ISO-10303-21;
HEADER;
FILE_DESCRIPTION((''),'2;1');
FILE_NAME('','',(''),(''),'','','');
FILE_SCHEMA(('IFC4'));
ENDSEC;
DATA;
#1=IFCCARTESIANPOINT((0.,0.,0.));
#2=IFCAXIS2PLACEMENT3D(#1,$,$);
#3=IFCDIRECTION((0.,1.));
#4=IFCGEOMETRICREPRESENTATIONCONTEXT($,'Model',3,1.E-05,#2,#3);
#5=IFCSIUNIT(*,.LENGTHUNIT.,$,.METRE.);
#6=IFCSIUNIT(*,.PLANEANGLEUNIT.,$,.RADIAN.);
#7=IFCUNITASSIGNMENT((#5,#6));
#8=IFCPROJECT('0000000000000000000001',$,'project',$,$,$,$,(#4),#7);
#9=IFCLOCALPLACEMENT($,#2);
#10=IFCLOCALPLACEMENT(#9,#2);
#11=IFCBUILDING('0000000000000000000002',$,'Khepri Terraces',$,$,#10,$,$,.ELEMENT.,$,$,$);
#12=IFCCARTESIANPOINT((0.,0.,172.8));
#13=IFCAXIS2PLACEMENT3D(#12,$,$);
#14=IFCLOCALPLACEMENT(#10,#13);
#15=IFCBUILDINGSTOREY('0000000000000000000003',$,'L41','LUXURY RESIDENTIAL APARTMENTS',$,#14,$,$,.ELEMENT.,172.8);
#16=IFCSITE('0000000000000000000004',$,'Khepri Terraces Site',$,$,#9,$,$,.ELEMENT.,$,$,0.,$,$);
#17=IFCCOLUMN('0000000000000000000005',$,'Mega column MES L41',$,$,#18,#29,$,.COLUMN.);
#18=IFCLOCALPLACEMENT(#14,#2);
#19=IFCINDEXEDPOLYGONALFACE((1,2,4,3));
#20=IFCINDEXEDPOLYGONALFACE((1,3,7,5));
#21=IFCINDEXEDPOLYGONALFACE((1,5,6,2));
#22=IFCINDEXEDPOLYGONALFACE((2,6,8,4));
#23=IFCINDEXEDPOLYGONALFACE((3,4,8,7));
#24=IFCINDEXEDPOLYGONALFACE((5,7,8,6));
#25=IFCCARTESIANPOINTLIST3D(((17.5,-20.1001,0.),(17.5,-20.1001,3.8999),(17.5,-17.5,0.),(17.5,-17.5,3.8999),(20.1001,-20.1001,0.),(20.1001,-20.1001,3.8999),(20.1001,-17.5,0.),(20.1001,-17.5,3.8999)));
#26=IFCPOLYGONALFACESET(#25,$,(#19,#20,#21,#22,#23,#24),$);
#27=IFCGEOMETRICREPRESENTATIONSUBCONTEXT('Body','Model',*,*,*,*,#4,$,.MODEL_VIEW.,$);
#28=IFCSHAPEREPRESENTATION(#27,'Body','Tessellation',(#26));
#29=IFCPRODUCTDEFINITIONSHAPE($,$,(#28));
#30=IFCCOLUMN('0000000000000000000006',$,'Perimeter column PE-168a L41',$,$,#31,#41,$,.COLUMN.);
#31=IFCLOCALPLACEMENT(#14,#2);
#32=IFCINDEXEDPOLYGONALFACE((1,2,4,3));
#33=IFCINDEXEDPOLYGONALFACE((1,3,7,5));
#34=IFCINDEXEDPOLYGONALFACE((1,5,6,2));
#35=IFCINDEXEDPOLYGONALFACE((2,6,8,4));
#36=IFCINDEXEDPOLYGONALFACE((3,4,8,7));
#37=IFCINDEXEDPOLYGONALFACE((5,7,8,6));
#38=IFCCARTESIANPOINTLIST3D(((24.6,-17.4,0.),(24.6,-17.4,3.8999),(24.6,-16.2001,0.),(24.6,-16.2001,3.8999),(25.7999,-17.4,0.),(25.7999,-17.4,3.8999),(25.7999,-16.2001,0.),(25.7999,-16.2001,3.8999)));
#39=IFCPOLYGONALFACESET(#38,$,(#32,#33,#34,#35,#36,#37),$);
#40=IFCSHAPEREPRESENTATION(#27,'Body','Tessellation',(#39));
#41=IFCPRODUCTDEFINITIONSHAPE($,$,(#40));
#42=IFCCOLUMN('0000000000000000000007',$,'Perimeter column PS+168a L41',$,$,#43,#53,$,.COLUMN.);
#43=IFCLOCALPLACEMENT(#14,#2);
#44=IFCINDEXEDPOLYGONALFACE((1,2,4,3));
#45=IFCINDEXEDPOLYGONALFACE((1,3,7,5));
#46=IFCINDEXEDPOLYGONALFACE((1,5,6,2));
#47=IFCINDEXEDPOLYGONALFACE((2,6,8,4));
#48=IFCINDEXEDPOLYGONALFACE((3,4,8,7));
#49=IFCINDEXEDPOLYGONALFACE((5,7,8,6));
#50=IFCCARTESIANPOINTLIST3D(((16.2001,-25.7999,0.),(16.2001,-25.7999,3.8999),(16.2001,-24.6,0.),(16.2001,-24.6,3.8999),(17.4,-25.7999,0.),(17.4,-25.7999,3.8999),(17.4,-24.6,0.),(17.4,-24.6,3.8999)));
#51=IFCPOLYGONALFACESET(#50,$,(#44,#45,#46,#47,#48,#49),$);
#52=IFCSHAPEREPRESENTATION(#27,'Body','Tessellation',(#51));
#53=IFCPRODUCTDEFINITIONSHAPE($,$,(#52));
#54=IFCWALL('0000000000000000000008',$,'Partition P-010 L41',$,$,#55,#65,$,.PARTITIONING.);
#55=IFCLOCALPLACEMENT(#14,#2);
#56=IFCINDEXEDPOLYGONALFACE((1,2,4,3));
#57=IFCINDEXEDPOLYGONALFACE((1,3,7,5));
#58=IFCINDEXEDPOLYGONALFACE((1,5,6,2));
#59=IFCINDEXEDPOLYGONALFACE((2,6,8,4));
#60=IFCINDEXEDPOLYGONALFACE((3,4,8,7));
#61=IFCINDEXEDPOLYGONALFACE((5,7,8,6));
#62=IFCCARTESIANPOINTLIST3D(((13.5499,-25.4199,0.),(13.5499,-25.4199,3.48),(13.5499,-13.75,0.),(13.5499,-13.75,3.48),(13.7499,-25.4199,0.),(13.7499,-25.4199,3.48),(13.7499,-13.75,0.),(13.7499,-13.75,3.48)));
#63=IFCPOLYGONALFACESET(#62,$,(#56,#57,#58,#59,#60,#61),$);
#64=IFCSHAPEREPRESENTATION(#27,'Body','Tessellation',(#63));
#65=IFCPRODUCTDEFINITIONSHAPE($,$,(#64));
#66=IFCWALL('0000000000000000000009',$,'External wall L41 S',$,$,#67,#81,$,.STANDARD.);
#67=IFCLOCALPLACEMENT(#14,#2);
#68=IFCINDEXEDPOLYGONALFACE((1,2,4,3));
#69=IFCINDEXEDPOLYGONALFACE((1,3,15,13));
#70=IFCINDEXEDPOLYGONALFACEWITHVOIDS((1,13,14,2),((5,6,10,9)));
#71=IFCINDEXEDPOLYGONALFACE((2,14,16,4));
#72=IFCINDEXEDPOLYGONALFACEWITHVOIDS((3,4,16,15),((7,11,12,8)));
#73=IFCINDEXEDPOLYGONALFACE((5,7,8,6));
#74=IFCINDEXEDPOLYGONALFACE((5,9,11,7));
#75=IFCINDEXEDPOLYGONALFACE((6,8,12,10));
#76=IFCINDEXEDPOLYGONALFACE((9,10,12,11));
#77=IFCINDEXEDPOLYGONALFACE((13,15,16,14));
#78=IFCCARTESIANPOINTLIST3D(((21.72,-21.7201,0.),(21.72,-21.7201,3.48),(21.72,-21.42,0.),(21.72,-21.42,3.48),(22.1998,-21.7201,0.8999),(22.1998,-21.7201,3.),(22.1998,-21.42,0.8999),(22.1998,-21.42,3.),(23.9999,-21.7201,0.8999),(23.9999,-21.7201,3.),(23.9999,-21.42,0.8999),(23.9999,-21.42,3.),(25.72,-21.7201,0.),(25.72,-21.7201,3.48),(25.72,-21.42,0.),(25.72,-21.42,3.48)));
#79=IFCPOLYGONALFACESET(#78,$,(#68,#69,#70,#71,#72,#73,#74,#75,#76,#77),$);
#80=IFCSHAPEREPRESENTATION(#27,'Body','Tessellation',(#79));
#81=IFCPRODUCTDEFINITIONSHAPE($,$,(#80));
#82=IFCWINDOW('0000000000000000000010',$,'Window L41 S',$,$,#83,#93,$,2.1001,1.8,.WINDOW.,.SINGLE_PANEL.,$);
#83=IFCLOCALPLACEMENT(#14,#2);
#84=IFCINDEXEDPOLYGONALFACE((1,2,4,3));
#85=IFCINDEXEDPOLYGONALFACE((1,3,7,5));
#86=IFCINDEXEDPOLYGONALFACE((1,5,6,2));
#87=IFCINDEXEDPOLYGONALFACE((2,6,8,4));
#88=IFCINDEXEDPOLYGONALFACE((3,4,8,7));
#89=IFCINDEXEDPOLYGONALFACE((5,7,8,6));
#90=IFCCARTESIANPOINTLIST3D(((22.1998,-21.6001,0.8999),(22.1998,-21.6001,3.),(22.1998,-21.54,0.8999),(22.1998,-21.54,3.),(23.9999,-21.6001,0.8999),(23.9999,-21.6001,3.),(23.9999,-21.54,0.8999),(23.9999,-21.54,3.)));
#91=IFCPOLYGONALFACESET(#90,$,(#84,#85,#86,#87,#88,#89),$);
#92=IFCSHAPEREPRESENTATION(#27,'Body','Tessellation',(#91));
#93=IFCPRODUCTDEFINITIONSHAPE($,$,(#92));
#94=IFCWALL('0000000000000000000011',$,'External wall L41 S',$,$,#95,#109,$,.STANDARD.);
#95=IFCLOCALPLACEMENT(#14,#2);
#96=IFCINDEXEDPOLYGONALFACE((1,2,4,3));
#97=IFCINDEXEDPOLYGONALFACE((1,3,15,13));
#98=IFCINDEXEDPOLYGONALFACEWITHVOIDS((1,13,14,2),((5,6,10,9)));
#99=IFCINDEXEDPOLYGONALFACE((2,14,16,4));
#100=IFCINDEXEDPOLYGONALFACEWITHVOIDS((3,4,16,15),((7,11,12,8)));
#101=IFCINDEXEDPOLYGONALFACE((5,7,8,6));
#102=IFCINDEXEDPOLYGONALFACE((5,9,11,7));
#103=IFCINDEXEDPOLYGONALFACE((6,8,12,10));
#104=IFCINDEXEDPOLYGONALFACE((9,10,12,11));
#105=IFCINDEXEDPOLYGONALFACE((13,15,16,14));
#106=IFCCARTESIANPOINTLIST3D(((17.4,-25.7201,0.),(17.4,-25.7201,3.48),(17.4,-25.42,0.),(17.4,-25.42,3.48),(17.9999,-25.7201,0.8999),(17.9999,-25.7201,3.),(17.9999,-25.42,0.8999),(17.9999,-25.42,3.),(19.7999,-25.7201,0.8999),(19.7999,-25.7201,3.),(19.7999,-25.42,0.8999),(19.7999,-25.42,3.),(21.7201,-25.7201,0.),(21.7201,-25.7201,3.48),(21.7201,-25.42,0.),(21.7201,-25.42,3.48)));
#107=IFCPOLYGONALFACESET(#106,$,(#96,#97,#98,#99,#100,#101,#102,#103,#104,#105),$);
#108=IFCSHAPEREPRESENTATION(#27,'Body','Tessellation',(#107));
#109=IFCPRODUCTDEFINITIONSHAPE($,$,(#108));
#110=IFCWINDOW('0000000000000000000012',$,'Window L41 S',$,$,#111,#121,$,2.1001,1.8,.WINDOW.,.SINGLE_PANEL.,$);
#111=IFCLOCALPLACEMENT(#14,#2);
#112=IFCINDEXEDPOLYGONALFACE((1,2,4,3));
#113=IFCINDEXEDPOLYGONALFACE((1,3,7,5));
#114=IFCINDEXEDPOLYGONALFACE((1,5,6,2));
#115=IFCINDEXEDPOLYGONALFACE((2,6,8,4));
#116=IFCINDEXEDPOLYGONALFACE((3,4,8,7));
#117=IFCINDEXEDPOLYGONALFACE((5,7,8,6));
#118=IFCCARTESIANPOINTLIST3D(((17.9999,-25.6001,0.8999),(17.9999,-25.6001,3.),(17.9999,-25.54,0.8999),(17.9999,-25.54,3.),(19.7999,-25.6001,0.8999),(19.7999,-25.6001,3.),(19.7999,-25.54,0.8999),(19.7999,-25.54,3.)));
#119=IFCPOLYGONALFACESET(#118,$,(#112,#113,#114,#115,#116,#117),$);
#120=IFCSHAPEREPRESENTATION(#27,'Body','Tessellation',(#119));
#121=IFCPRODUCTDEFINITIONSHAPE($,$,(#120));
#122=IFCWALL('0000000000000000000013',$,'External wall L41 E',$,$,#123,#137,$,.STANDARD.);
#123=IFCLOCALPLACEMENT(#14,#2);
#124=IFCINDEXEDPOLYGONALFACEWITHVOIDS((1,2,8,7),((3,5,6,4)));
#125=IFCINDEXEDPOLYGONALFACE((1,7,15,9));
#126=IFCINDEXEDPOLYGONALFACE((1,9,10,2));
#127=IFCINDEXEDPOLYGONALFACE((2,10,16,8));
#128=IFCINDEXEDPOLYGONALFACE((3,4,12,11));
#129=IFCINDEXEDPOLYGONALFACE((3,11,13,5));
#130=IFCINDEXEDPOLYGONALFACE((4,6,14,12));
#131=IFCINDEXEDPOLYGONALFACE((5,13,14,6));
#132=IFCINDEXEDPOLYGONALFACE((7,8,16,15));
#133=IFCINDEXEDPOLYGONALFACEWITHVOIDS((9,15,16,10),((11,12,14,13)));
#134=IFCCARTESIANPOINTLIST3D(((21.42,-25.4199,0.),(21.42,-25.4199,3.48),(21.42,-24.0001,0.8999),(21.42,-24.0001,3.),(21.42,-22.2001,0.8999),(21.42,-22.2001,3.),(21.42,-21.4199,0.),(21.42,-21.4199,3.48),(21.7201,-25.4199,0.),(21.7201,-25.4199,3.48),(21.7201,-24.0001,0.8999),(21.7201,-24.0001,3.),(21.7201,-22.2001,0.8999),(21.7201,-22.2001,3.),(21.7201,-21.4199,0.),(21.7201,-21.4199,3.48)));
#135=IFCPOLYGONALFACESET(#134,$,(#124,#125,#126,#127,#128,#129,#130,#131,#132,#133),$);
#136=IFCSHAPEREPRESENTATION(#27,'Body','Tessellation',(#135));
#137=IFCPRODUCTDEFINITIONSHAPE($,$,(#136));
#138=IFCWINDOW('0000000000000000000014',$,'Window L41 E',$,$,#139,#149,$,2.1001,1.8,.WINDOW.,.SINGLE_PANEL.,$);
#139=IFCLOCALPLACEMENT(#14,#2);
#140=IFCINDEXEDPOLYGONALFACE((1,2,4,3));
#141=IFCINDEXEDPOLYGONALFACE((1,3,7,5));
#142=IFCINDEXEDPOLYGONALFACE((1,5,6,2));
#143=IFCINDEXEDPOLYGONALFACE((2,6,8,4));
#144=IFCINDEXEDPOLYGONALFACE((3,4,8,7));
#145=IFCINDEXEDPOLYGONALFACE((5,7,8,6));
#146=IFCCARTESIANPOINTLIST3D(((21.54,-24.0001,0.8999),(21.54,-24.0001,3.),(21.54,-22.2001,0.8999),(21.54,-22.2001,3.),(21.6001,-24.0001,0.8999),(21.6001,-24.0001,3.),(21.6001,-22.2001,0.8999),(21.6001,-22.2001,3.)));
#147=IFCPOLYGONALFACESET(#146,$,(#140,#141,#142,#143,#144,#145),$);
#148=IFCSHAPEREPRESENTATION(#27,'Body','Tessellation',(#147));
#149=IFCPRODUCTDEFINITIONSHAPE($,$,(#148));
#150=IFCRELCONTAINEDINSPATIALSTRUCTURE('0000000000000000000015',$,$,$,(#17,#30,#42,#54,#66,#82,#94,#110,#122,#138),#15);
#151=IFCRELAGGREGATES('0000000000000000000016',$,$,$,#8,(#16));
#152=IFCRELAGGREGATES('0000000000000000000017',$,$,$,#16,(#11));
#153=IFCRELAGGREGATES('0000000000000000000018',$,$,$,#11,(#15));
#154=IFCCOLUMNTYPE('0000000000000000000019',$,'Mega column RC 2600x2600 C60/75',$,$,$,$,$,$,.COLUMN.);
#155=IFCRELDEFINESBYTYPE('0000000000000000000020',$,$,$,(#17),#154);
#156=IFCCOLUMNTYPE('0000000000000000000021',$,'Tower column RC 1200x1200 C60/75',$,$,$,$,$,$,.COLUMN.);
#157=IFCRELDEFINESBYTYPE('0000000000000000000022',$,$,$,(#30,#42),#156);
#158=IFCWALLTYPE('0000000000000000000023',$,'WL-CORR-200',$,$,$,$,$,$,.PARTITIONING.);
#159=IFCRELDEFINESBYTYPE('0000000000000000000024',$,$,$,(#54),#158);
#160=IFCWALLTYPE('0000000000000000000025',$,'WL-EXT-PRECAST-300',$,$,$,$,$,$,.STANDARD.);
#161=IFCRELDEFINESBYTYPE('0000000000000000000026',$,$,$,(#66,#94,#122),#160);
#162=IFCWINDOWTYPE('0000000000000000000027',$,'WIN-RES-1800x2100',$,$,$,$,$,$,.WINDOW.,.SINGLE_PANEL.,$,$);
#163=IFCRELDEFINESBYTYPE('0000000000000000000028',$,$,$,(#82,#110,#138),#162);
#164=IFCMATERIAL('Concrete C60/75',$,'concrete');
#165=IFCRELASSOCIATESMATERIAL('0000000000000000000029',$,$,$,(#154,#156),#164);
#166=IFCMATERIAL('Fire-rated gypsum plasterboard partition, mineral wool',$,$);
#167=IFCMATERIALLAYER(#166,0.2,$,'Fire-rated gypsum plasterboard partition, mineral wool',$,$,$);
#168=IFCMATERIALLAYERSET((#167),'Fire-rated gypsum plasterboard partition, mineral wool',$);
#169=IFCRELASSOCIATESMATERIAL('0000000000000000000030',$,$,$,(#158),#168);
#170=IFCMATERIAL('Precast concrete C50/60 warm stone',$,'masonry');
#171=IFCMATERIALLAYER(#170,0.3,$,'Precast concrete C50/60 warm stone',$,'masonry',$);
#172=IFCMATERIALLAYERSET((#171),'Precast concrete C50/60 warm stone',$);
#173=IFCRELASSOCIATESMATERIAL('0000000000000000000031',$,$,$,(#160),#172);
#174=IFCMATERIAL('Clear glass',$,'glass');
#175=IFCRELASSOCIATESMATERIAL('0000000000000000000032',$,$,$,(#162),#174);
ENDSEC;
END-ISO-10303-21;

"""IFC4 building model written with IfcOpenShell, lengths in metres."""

from ifc_helpers import new_model, si_unit, direction, frame, frame_2d, origin, origin_2d, place, context, subcontext, project, spatial, rectangle, extrude, material, layer, layer_set, material_profile, profile_set, type_object, element, fill, save


model = new_model("IFC4")

# Units and contexts
model_context = context("Model", 3, precision=1e-05, world=origin(), true_north=direction((0.0, 1.0)))
body_context = subcontext(model_context, "Body", "Model", "MODEL_VIEW")
ifc_project = project(units=[si_unit("LENGTHUNIT", "METRE"), si_unit("PLANEANGLEUNIT", "RADIAN")], contexts=[model_context])

# Site, building, storey
site_placement = place(None, origin())
site = spatial("IfcSite", under=ifc_project, at=site_placement, Name="Khepri Terraces Site", CompositionType="ELEMENT", RefElevation=0.0)
building_placement = place(site_placement, origin())
building = spatial("IfcBuilding", under=site, at=building_placement, Name="Khepri Terraces", CompositionType="ELEMENT")
storey_placement = place(building_placement, frame((0.0, 0.0, 172.8)))
storey = spatial("IfcBuildingStorey", under=building, at=storey_placement, Name="L41", Description="LUXURY RESIDENTIAL APARTMENTS", CompositionType="ELEMENT", Elevation=172.8)

# Columns
ifc_material_1 = material(Name="Concrete C60/75", Category="concrete")
ifc_material_profile_1 = material_profile(ifc_material_1, rectangle(XDim=2.6001, YDim=2.6001, at=origin_2d()), Name="Concrete C60/75", Category="concrete")
ifc_profile_set_1 = profile_set([ifc_material_profile_1], Name="Concrete C60/75")
column_type_1 = type_object("IfcColumnType", Name="Mega column RC 2600x2600 C60/75", PredefinedType="COLUMN", material=ifc_profile_set_1)
column_placement = place(storey_placement, frame((18.8, -18.8, 0.0), z_axis=(0.0, 0.0, 1.0), x_axis=(1.0, 0.0, 0.0)))
element("IfcColumn", 1, at=column_placement, inside=storey, type_object=column_type_1, Name="Mega column MES L41", PredefinedType="COLUMN", context=body_context, shape_type="SweptSolid", body=[
    extrude(rectangle(XDim=2.6001, YDim=2.6001, at=origin_2d()), origin(), (0.0, 0.0, 1.0), 3.8999),
])
ifc_material_profile_2 = material_profile(ifc_material_1, rectangle(XDim=1.2, YDim=1.2, at=origin_2d()), Name="Concrete C60/75", Category="concrete")
ifc_profile_set_2 = profile_set([ifc_material_profile_2], Name="Concrete C60/75")
column_type_2 = type_object("IfcColumnType", Name="Tower column RC 1200x1200 C60/75", PredefinedType="COLUMN", material=ifc_profile_set_2)
for number, where, z_axis, x_axis, name in (
    (2, (25.2, -16.8, 0.0), (0.0, 0.0, 1.0), (1.0, 0.0, 0.0), "Perimeter column PE-168a L41"),
    (3, (16.8, -25.2, 0.0), (0.0, 0.0, 1.0), (1.0, 0.0, 0.0), "Perimeter column PS+168a L41"),
):
    element("IfcColumn", number, at=place(storey_placement, frame(where, z_axis=z_axis, x_axis=x_axis)), inside=storey, type_object=column_type_2, Name=name, PredefinedType="COLUMN", context=body_context, shape_type="SweptSolid", body=[
        extrude(rectangle(XDim=1.2, YDim=1.2, at=origin_2d()), origin(), (0.0, 0.0, 1.0), 3.8999),
    ])

# Wall
ifc_material_2 = material(Name="Fire-rated gypsum plasterboard partition, mineral wool")
ifc_layer_1 = layer(ifc_material_2, 0.2, Name="Fire-rated gypsum plasterboard partition, mineral wool")
ifc_layer_set_1 = layer_set([ifc_layer_1], Name="Fire-rated gypsum plasterboard partition, mineral wool")
wall_type_1 = type_object("IfcWallType", Name="WL-CORR-200", PredefinedType="PARTITIONING", material=ifc_layer_set_1)
wall_1_placement = place(storey_placement, frame((13.6499, -25.4199, 0.0), z_axis=(0.0, 0.0, 1.0), x_axis=(0.0, 1.0, 0.0)))
element("IfcWall", 4, at=wall_1_placement, inside=storey, type_object=wall_type_1, Name="Partition P-010 L41", PredefinedType="PARTITIONING", context=body_context, shape_type="SweptSolid", body=[
    extrude(rectangle(XDim=11.6699, YDim=0.2, at=frame_2d((5.835, 0.0))), origin(), (0.0, 0.0, 1.0), 3.48),
])

# Wall, opening, window
ifc_material_3 = material(Name="Precast concrete C50/60 warm stone", Category="masonry")
ifc_layer_2 = layer(ifc_material_3, 0.3, Name="Precast concrete C50/60 warm stone", Category="masonry")
ifc_layer_set_2 = layer_set([ifc_layer_2], Name="Precast concrete C50/60 warm stone")
wall_type_2 = type_object("IfcWallType", Name="WL-EXT-PRECAST-300", PredefinedType="STANDARD", material=ifc_layer_set_2)
wall_2_placement = place(storey_placement, frame((21.72, -21.5701, 0.0), z_axis=(0.0, 0.0, 1.0), x_axis=(1.0, 0.0, 0.0)))
wall_2 = element("IfcWall", 5, at=wall_2_placement, inside=storey, type_object=wall_type_2, Name="External wall L41 S", PredefinedType="STANDARD", context=body_context, shape_type="SweptSolid", body=[
    extrude(rectangle(XDim=4.0, YDim=0.3, at=frame_2d((2.0, 0.0))), origin(), (0.0, 0.0, 1.0), 3.48),
])
opening_1_placement = place(wall_2_placement, frame((0.48, 0.0, 0.8999)))
opening_1 = element("IfcOpeningElement", 6, at=opening_1_placement, cuts=wall_2, PredefinedType="OPENING", context=body_context, shape_type="SweptSolid", body=[
    extrude(rectangle(XDim=1.8, YDim=2.1001, at=frame_2d((0.8999, 1.05))), frame((0.0, 0.1602, 0.0), z_axis=(0.0, -1.0, 0.0), x_axis=(1.0, 0.0, 0.0)), (0.0, 0.0, 1.0), 0.3201),
])
ifc_material_4 = material(Name="Clear glass", Category="glass")
window_type = type_object("IfcWindowType", Name="WIN-RES-1800x2100", PartitioningType="SINGLE_PANEL", PredefinedType="WINDOW", material=ifc_material_4)
window_1_placement = place(opening_1_placement, origin())
window_1 = element("IfcWindow", 7, at=window_1_placement, inside=storey, type_object=window_type, Name="Window L41 S", OverallHeight=2.1001, OverallWidth=1.8, PartitioningType="SINGLE_PANEL", PredefinedType="WINDOW", context=body_context, shape_type="SweptSolid", body=[
    extrude(rectangle(XDim=1.8, YDim=2.1001, at=frame_2d((0.8999, 1.05))), frame((0.0, 0.03, 0.0), z_axis=(0.0, -1.0, 0.0), x_axis=(1.0, 0.0, 0.0)), (0.0, 0.0, 1.0), 0.0601),
])
fill(opening_1, window_1)

# Walls, openings, windows
wall_3_placement = place(storey_placement, frame((17.3999, -25.5701, 0.0), z_axis=(0.0, 0.0, 1.0), x_axis=(1.0, 0.0, 0.0)))
wall_3 = element("IfcWall", 8, at=wall_3_placement, inside=storey, type_object=wall_type_2, Name="External wall L41 S", PredefinedType="STANDARD", context=body_context, shape_type="SweptSolid", body=[
    extrude(rectangle(XDim=4.3201, YDim=0.3, at=frame_2d((2.1602, 0.0))), origin(), (0.0, 0.0, 1.0), 3.48),
])
opening_2_placement = place(wall_3_placement, frame((0.6001, 0.0, 0.8999)))
opening_2 = element("IfcOpeningElement", 9, at=opening_2_placement, cuts=wall_3, PredefinedType="OPENING", context=body_context, shape_type="SweptSolid", body=[
    extrude(rectangle(XDim=1.8, YDim=2.1001, at=frame_2d((0.8999, 1.05))), frame((0.0, 0.1602, 0.0), z_axis=(0.0, -1.0, 0.0), x_axis=(1.0, 0.0, 0.0)), (0.0, 0.0, 1.0), 0.3201),
])
window_2_placement = place(opening_2_placement, origin())
window_2 = element("IfcWindow", 10, at=window_2_placement, inside=storey, type_object=window_type, Name="Window L41 S", OverallHeight=2.1001, OverallWidth=1.8, PartitioningType="SINGLE_PANEL", PredefinedType="WINDOW", context=body_context, shape_type="SweptSolid", body=[
    extrude(rectangle(XDim=1.8, YDim=2.1001, at=frame_2d((0.8999, 1.05))), frame((0.0, 0.03, 0.0), z_axis=(0.0, -1.0, 0.0), x_axis=(1.0, 0.0, 0.0)), (0.0, 0.0, 1.0), 0.0601),
])
fill(opening_2, window_2)
wall_4_placement = place(storey_placement, frame((21.5701, -25.4199, 0.0), z_axis=(0.0, 0.0, 1.0), x_axis=(0.0, 1.0, 0.0)))
wall_4 = element("IfcWall", 11, at=wall_4_placement, inside=storey, type_object=wall_type_2, Name="External wall L41 E", PredefinedType="STANDARD", context=body_context, shape_type="SweptSolid", body=[
    extrude(rectangle(XDim=4.0, YDim=0.3, at=frame_2d((2.0, 0.0))), origin(), (0.0, 0.0, 1.0), 3.48),
])
opening_3_placement = place(wall_4_placement, frame((1.4199, 0.0, 0.8999)))
opening_3 = element("IfcOpeningElement", 12, at=opening_3_placement, cuts=wall_4, PredefinedType="OPENING", context=body_context, shape_type="SweptSolid", body=[
    extrude(rectangle(XDim=1.8, YDim=2.1001, at=frame_2d((0.8999, 1.05))), frame((0.0, 0.1602, 0.0), z_axis=(0.0, -1.0, 0.0), x_axis=(1.0, 0.0, 0.0)), (0.0, 0.0, 1.0), 0.3201),
])
window_3_placement = place(opening_3_placement, origin())
window_3 = element("IfcWindow", 13, at=window_3_placement, inside=storey, type_object=window_type, Name="Window L41 E", OverallHeight=2.1001, OverallWidth=1.8, PartitioningType="SINGLE_PANEL", PredefinedType="WINDOW", context=body_context, shape_type="SweptSolid", body=[
    extrude(rectangle(XDim=1.8, YDim=2.1001, at=frame_2d((0.8999, 1.05))), frame((0.0, 0.03, 0.0), z_axis=(0.0, -1.0, 0.0), x_axis=(1.0, 0.0, 0.0)), (0.0, 0.0, 1.0), 0.0601),
])
fill(opening_3, window_3)

save(model, "model.ifc")
